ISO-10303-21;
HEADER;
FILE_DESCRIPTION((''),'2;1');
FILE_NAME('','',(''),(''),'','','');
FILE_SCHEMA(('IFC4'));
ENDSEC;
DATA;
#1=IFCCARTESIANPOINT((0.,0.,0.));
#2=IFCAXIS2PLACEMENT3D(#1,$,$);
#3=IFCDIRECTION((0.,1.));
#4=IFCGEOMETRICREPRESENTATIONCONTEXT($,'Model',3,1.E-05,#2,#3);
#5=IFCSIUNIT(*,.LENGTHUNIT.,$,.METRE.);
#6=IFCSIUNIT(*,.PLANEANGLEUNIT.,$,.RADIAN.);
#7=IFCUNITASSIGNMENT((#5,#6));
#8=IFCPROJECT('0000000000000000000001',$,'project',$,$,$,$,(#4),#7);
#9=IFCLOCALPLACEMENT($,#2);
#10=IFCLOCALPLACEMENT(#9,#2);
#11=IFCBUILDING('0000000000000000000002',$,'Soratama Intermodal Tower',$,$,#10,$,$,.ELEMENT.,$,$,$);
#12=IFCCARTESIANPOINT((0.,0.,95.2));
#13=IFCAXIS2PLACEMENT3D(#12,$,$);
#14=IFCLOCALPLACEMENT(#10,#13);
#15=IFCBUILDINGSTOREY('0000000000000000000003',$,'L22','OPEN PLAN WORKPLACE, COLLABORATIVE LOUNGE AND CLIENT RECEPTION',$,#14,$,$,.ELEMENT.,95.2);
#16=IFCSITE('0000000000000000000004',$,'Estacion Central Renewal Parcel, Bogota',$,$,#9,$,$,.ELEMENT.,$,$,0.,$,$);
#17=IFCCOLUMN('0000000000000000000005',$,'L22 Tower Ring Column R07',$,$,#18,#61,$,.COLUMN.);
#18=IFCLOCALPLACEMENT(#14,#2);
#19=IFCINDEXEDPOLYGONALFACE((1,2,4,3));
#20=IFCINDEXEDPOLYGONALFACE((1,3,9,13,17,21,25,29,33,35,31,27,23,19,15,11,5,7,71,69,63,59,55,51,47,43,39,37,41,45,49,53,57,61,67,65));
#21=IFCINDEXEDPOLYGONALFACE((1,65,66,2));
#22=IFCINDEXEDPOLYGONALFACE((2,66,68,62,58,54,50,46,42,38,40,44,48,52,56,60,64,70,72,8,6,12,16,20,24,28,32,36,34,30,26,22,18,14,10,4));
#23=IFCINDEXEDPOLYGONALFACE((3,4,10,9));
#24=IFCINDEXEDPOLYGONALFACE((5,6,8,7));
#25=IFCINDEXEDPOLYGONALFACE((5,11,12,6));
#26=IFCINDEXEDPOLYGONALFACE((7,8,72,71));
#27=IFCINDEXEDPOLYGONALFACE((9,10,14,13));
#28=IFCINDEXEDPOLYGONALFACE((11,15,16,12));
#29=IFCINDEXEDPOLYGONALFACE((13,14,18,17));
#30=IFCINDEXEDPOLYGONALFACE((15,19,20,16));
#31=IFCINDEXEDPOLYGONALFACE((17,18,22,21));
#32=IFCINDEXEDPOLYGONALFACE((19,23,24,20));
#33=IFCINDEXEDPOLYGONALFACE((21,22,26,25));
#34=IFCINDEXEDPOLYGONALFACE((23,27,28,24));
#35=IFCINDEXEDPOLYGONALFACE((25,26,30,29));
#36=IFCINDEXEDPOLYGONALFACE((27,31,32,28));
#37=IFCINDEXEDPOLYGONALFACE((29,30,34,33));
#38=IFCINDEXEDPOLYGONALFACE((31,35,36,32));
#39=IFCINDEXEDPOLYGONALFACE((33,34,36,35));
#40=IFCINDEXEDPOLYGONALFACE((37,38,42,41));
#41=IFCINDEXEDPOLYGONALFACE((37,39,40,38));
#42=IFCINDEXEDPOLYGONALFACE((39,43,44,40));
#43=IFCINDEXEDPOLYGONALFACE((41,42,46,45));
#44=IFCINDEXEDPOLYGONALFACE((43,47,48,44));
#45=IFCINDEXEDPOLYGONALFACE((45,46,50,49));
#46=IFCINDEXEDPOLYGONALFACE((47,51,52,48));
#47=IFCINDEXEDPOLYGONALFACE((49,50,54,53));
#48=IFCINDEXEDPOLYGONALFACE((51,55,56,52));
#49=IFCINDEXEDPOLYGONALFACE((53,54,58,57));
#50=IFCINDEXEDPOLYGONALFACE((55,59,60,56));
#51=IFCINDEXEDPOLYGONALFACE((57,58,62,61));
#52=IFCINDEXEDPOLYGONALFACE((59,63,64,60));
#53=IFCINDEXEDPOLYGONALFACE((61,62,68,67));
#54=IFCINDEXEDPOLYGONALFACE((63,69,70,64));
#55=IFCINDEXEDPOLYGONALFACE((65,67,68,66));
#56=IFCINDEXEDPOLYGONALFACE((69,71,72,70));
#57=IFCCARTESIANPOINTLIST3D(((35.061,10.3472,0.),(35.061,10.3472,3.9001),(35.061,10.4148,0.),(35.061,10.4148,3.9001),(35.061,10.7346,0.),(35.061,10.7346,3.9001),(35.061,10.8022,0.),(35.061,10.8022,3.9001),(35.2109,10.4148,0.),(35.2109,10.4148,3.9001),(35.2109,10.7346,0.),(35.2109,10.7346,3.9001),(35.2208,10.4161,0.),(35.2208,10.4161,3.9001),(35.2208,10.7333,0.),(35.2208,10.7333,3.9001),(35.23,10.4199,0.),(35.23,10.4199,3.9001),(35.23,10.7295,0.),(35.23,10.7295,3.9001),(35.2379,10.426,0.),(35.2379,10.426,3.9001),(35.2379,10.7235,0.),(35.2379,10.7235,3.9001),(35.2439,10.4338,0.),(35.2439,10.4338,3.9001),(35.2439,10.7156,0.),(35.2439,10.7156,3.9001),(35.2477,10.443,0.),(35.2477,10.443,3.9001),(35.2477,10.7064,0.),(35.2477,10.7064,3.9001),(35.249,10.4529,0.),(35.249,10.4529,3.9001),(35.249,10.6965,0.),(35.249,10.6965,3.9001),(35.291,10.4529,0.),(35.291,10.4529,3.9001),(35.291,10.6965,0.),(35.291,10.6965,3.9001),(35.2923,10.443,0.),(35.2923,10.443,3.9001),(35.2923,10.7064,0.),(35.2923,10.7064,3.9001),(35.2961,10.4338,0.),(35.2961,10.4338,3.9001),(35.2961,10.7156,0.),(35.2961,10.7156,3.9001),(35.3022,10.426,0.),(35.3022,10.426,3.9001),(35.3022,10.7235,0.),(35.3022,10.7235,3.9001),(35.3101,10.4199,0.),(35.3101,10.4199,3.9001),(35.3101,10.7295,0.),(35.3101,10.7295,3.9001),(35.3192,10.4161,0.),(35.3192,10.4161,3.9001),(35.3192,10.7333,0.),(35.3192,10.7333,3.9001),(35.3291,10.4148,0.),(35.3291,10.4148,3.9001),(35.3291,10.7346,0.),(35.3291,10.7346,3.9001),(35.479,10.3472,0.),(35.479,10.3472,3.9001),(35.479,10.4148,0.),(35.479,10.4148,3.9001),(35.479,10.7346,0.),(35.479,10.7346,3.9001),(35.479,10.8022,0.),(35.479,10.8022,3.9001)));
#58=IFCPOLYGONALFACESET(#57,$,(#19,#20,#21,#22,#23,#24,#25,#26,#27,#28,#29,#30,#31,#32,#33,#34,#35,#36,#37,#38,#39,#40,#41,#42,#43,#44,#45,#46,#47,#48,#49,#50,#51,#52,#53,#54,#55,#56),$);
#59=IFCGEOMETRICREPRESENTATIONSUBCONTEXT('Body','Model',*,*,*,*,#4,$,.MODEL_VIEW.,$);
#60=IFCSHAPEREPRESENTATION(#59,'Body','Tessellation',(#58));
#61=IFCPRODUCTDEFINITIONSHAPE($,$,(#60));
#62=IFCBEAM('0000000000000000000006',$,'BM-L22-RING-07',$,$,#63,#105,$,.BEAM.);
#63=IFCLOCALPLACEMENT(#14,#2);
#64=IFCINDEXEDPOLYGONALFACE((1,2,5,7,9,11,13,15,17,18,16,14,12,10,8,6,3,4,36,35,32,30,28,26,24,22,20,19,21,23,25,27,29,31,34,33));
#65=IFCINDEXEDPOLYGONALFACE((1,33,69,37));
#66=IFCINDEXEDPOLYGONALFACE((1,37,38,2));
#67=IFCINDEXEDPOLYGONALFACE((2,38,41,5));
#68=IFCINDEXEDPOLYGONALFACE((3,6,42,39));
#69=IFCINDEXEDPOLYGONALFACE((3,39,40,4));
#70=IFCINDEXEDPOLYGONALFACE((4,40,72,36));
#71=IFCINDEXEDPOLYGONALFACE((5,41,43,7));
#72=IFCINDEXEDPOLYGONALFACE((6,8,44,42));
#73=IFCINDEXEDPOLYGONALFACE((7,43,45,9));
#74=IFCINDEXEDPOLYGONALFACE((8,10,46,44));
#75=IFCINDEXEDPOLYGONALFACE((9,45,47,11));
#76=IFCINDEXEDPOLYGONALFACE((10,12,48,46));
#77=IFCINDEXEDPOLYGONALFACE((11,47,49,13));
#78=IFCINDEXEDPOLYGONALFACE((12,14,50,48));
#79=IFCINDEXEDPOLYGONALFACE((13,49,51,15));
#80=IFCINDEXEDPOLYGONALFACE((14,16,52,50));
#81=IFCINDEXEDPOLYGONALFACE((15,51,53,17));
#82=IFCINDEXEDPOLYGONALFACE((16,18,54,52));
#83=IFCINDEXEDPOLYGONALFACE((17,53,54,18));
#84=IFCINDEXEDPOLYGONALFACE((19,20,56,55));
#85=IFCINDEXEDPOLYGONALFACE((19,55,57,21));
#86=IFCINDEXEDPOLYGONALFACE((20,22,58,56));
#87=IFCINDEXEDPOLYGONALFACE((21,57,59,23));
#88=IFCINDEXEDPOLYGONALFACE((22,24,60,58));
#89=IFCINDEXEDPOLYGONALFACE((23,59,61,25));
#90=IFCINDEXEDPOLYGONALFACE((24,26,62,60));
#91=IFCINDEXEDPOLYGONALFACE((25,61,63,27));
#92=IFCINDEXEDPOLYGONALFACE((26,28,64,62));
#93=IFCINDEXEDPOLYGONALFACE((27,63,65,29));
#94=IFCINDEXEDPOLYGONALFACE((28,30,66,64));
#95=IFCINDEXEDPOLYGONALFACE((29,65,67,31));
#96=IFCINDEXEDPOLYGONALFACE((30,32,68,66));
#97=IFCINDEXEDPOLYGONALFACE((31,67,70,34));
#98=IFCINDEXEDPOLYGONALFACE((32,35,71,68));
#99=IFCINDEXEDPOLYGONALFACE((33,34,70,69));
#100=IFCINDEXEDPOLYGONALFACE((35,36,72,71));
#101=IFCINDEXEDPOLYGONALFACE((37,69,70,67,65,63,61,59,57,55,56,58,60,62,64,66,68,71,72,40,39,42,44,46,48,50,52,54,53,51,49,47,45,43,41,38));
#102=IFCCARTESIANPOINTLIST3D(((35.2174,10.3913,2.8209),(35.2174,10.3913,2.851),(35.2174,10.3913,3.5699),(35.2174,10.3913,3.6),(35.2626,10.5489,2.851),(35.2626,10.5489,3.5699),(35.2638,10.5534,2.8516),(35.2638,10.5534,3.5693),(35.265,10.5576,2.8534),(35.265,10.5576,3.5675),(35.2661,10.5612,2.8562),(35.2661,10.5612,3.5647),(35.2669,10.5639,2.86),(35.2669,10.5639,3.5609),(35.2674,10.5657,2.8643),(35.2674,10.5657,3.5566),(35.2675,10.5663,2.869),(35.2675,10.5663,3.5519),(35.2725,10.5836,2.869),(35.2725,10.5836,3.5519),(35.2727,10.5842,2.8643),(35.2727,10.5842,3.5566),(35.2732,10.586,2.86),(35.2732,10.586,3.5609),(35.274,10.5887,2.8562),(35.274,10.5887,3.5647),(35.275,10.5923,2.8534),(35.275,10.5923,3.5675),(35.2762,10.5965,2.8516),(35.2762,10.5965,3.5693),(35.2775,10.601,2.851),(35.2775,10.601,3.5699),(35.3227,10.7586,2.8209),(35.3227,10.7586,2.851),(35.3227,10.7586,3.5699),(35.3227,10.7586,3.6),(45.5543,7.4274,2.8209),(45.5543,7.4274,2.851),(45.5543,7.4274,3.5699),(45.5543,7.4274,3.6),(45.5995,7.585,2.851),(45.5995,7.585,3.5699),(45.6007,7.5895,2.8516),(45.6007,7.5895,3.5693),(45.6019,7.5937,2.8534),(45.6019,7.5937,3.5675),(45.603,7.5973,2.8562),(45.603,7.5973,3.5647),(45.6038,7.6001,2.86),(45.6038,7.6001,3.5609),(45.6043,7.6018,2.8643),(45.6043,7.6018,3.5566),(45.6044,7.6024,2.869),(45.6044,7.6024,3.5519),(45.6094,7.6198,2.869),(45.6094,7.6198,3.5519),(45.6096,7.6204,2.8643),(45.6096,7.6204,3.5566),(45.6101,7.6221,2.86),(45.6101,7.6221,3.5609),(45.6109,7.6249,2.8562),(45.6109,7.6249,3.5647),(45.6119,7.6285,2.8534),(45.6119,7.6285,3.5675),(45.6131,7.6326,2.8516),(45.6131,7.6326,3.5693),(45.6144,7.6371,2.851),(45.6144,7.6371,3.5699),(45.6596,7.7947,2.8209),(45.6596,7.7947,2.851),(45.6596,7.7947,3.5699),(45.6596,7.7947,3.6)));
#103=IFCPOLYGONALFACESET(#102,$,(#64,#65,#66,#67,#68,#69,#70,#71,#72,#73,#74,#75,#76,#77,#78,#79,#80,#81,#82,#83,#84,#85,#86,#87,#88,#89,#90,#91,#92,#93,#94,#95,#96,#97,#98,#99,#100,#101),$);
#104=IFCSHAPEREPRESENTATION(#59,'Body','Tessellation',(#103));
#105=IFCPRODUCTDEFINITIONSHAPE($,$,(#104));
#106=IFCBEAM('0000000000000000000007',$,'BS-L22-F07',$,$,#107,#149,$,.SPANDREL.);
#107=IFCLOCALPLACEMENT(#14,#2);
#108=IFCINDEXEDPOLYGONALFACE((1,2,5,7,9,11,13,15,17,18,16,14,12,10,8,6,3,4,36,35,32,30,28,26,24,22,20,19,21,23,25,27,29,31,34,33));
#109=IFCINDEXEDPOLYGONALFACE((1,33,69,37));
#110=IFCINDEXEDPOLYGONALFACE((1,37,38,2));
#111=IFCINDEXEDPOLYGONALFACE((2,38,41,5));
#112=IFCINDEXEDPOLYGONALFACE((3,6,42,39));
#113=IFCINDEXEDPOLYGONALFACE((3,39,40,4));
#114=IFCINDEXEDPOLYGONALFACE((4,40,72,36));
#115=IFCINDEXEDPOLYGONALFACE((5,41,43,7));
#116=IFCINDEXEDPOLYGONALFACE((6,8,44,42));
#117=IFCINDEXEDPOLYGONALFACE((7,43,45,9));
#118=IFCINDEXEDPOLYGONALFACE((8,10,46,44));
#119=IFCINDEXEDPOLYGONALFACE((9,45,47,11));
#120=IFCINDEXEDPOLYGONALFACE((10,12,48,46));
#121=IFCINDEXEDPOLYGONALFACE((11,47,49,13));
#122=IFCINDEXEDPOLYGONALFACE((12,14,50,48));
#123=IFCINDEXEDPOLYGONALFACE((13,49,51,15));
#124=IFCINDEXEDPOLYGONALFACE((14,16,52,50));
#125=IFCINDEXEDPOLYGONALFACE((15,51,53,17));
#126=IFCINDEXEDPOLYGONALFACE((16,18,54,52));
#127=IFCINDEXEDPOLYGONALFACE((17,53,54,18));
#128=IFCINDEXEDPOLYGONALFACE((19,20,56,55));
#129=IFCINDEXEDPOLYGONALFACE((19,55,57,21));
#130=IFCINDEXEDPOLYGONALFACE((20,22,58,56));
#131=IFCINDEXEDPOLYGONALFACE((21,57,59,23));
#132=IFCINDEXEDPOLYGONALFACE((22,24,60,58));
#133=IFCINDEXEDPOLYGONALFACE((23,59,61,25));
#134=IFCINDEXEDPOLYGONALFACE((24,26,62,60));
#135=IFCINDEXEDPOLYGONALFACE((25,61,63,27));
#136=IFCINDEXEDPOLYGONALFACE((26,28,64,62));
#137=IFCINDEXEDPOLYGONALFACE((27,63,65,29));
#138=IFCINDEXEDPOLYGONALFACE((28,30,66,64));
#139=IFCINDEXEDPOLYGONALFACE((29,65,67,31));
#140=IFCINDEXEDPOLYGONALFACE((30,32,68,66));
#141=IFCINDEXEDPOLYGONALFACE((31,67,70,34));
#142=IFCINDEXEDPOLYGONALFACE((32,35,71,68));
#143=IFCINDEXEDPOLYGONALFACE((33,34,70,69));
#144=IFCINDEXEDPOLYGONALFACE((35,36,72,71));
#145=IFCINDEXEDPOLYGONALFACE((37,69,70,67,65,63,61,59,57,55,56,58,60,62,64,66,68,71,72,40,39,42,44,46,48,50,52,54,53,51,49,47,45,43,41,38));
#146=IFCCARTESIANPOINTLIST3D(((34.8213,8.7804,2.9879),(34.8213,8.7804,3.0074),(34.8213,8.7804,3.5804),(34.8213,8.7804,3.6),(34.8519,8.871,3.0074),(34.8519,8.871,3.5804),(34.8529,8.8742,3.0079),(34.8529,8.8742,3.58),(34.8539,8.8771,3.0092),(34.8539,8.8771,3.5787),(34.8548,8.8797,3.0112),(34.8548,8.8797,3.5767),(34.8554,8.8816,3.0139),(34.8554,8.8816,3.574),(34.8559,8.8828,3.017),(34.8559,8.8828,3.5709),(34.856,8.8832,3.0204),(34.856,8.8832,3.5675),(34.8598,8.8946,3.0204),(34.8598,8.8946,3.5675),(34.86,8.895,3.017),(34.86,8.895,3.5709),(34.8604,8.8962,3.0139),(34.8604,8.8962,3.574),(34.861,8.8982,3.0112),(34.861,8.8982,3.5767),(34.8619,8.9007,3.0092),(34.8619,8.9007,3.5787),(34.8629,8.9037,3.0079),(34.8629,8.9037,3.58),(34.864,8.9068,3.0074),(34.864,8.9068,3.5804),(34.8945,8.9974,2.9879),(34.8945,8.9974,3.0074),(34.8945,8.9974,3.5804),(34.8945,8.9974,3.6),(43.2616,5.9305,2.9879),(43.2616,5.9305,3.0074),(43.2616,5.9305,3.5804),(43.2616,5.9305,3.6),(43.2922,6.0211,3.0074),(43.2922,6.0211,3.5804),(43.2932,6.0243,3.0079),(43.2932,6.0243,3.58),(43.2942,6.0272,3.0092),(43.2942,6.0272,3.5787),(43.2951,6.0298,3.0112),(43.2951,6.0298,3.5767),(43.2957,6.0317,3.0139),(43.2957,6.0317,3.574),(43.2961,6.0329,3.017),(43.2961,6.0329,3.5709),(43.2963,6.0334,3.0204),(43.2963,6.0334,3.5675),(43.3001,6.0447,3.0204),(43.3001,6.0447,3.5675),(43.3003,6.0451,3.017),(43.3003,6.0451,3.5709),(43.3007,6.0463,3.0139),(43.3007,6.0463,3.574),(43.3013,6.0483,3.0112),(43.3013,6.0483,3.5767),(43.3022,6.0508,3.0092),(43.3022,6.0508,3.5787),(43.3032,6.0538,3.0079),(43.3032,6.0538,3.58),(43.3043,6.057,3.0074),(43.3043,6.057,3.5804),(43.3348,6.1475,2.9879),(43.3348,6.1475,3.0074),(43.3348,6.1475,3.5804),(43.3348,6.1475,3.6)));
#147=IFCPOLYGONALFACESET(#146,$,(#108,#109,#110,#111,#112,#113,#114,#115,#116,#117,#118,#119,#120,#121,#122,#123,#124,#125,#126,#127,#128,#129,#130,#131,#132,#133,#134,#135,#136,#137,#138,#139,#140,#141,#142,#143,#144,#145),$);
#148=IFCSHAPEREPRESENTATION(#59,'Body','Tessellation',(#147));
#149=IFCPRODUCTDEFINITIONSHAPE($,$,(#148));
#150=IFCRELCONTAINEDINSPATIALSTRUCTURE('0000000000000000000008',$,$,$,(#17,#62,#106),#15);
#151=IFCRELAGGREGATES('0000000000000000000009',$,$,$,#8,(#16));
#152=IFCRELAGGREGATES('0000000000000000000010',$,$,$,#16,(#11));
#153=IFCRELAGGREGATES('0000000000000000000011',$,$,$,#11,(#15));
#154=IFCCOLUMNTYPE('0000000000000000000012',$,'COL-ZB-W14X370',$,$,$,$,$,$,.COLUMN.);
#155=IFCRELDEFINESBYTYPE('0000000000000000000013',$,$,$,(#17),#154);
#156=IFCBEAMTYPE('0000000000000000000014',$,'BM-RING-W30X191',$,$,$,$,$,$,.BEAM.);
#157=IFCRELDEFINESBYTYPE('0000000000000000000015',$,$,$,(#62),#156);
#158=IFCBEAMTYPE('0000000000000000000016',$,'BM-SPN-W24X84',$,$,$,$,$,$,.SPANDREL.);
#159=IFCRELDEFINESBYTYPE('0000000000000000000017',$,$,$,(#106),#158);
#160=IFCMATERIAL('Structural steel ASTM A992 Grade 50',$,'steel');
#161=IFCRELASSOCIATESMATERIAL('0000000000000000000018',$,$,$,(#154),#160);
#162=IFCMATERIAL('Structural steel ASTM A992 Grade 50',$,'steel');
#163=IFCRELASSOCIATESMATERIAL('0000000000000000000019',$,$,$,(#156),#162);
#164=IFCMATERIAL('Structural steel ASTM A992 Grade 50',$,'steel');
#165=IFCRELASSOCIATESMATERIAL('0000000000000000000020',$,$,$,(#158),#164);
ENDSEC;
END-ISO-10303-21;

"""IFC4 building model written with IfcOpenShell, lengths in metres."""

from ifc_helpers import new_model, si_unit, direction, frame, origin, origin_2d, place, context, subcontext, project, spatial, i_section, extrude, material, material_profile, profile_set, type_object, element, save


model = new_model("IFC4")

# Units and contexts
model_context = context("Model", 3, precision=1e-05, world=origin(), true_north=direction((0.0, 1.0)))
body_context = subcontext(model_context, "Body", "Model", "MODEL_VIEW")
ifc_project = project(units=[si_unit("LENGTHUNIT", "METRE"), si_unit("PLANEANGLEUNIT", "RADIAN")], contexts=[model_context])

# Site, building, storey
site_placement = place(None, origin())
site = spatial("IfcSite", under=ifc_project, at=site_placement, Name="Estacion Central Renewal Parcel, Bogota", CompositionType="ELEMENT", RefElevation=0.0)
building_placement = place(site_placement, origin())
building = spatial("IfcBuilding", under=site, at=building_placement, Name="Soratama Intermodal Tower", CompositionType="ELEMENT")
storey_placement = place(building_placement, frame((0.0, 0.0, 95.2)))
storey = spatial("IfcBuildingStorey", under=building, at=storey_placement, Name="L22", Description="OPEN PLAN WORKPLACE, COLLABORATIVE LOUNGE AND CLIENT RECEPTION", CompositionType="ELEMENT", Elevation=95.2)

# Column
ifc_material_1 = material(Name="Structural steel ASTM A992 Grade 50", Category="steel")
ifc_material_profile_1 = material_profile(ifc_material_1, i_section(OverallWidth=0.418, OverallDepth=0.4551, WebThickness=0.042, FlangeThickness=0.0676, FilletRadius=0.0381, at=origin_2d()), Name="W14X370")
ifc_profile_set_1 = profile_set([ifc_material_profile_1], Name="Structural steel ASTM A992 Grade 50")
column_type = type_object("IfcColumnType", Name="COL-ZB-W14X370", PredefinedType="COLUMN", material=ifc_profile_set_1)
column_placement = place(storey_placement, frame((35.27, 10.5747, 0.0), z_axis=(0.0, 0.0, 1.0), x_axis=(1.0, 0.0, 0.0)))
element("IfcColumn", 1, at=column_placement, inside=storey, type_object=column_type, Name="L22 Tower Ring Column R07", PredefinedType="COLUMN", context=body_context, shape_type="SweptSolid", body=[
    extrude(i_section(OverallWidth=0.418, OverallDepth=0.4551, WebThickness=0.042, FlangeThickness=0.0676, FilletRadius=0.0381, at=origin_2d()), origin(), (0.0, 0.0, 1.0), 3.9001),
])

# Beams
ifc_material_2 = material(Name="Structural steel ASTM A992 Grade 50", Category="steel")
ifc_material_profile_2 = material_profile(ifc_material_2, i_section(OverallWidth=0.3821, OverallDepth=0.7791, WebThickness=0.0181, FlangeThickness=0.03, FilletRadius=0.0181, at=origin_2d()), Name="W30X191")
ifc_profile_set_2 = profile_set([ifc_material_profile_2], Name="Structural steel ASTM A992 Grade 50")
beam_type_1 = type_object("IfcBeamType", Name="BM-RING-W30X191", PredefinedType="BEAM", material=ifc_profile_set_2)
beam_1_placement = place(storey_placement, frame((35.27, 10.575, 3.2104), z_axis=(0.961267, -0.275621, 0.0), x_axis=(0.275621, 0.961267, 0.0)))
element("IfcBeam", 2, at=beam_1_placement, inside=storey, type_object=beam_type_1, Name="BM-L22-RING-07", PredefinedType="BEAM", context=body_context, shape_type="SweptSolid", body=[
    extrude(i_section(OverallWidth=0.3821, OverallDepth=0.7791, WebThickness=0.0181, FlangeThickness=0.03, FilletRadius=0.0181, at=origin_2d()), origin(), (0.0, 0.0, 1.0), 10.7534),
])
ifc_material_3 = material(Name="Structural steel ASTM A992 Grade 50", Category="steel")
ifc_material_profile_3 = material_profile(ifc_material_3, i_section(OverallWidth=0.229, OverallDepth=0.6121, WebThickness=0.012, FlangeThickness=0.0195, FilletRadius=0.0129, at=origin_2d()), Name="W24X84")
ifc_profile_set_3 = profile_set([ifc_material_profile_3], Name="Structural steel ASTM A992 Grade 50")
beam_type_2 = type_object("IfcBeamType", Name="BM-SPN-W24X84", PredefinedType="SPANDREL", material=ifc_profile_set_3)
beam_2_placement = place(storey_placement, frame((34.8579, 8.8889, 3.2939), z_axis=(0.947448, -0.319909, 0.0), x_axis=(0.319909, 0.947448, 0.0)))
element("IfcBeam", 3, at=beam_2_placement, inside=storey, type_object=beam_type_2, Name="BS-L22-F07", PredefinedType="SPANDREL", context=body_context, shape_type="SweptSolid", body=[
    extrude(i_section(OverallWidth=0.229, OverallDepth=0.6121, WebThickness=0.012, FlangeThickness=0.0195, FilletRadius=0.0129, at=origin_2d()), origin(), (0.0, 0.0, 1.0), 8.9084),
])

save(model, "model.ifc")
